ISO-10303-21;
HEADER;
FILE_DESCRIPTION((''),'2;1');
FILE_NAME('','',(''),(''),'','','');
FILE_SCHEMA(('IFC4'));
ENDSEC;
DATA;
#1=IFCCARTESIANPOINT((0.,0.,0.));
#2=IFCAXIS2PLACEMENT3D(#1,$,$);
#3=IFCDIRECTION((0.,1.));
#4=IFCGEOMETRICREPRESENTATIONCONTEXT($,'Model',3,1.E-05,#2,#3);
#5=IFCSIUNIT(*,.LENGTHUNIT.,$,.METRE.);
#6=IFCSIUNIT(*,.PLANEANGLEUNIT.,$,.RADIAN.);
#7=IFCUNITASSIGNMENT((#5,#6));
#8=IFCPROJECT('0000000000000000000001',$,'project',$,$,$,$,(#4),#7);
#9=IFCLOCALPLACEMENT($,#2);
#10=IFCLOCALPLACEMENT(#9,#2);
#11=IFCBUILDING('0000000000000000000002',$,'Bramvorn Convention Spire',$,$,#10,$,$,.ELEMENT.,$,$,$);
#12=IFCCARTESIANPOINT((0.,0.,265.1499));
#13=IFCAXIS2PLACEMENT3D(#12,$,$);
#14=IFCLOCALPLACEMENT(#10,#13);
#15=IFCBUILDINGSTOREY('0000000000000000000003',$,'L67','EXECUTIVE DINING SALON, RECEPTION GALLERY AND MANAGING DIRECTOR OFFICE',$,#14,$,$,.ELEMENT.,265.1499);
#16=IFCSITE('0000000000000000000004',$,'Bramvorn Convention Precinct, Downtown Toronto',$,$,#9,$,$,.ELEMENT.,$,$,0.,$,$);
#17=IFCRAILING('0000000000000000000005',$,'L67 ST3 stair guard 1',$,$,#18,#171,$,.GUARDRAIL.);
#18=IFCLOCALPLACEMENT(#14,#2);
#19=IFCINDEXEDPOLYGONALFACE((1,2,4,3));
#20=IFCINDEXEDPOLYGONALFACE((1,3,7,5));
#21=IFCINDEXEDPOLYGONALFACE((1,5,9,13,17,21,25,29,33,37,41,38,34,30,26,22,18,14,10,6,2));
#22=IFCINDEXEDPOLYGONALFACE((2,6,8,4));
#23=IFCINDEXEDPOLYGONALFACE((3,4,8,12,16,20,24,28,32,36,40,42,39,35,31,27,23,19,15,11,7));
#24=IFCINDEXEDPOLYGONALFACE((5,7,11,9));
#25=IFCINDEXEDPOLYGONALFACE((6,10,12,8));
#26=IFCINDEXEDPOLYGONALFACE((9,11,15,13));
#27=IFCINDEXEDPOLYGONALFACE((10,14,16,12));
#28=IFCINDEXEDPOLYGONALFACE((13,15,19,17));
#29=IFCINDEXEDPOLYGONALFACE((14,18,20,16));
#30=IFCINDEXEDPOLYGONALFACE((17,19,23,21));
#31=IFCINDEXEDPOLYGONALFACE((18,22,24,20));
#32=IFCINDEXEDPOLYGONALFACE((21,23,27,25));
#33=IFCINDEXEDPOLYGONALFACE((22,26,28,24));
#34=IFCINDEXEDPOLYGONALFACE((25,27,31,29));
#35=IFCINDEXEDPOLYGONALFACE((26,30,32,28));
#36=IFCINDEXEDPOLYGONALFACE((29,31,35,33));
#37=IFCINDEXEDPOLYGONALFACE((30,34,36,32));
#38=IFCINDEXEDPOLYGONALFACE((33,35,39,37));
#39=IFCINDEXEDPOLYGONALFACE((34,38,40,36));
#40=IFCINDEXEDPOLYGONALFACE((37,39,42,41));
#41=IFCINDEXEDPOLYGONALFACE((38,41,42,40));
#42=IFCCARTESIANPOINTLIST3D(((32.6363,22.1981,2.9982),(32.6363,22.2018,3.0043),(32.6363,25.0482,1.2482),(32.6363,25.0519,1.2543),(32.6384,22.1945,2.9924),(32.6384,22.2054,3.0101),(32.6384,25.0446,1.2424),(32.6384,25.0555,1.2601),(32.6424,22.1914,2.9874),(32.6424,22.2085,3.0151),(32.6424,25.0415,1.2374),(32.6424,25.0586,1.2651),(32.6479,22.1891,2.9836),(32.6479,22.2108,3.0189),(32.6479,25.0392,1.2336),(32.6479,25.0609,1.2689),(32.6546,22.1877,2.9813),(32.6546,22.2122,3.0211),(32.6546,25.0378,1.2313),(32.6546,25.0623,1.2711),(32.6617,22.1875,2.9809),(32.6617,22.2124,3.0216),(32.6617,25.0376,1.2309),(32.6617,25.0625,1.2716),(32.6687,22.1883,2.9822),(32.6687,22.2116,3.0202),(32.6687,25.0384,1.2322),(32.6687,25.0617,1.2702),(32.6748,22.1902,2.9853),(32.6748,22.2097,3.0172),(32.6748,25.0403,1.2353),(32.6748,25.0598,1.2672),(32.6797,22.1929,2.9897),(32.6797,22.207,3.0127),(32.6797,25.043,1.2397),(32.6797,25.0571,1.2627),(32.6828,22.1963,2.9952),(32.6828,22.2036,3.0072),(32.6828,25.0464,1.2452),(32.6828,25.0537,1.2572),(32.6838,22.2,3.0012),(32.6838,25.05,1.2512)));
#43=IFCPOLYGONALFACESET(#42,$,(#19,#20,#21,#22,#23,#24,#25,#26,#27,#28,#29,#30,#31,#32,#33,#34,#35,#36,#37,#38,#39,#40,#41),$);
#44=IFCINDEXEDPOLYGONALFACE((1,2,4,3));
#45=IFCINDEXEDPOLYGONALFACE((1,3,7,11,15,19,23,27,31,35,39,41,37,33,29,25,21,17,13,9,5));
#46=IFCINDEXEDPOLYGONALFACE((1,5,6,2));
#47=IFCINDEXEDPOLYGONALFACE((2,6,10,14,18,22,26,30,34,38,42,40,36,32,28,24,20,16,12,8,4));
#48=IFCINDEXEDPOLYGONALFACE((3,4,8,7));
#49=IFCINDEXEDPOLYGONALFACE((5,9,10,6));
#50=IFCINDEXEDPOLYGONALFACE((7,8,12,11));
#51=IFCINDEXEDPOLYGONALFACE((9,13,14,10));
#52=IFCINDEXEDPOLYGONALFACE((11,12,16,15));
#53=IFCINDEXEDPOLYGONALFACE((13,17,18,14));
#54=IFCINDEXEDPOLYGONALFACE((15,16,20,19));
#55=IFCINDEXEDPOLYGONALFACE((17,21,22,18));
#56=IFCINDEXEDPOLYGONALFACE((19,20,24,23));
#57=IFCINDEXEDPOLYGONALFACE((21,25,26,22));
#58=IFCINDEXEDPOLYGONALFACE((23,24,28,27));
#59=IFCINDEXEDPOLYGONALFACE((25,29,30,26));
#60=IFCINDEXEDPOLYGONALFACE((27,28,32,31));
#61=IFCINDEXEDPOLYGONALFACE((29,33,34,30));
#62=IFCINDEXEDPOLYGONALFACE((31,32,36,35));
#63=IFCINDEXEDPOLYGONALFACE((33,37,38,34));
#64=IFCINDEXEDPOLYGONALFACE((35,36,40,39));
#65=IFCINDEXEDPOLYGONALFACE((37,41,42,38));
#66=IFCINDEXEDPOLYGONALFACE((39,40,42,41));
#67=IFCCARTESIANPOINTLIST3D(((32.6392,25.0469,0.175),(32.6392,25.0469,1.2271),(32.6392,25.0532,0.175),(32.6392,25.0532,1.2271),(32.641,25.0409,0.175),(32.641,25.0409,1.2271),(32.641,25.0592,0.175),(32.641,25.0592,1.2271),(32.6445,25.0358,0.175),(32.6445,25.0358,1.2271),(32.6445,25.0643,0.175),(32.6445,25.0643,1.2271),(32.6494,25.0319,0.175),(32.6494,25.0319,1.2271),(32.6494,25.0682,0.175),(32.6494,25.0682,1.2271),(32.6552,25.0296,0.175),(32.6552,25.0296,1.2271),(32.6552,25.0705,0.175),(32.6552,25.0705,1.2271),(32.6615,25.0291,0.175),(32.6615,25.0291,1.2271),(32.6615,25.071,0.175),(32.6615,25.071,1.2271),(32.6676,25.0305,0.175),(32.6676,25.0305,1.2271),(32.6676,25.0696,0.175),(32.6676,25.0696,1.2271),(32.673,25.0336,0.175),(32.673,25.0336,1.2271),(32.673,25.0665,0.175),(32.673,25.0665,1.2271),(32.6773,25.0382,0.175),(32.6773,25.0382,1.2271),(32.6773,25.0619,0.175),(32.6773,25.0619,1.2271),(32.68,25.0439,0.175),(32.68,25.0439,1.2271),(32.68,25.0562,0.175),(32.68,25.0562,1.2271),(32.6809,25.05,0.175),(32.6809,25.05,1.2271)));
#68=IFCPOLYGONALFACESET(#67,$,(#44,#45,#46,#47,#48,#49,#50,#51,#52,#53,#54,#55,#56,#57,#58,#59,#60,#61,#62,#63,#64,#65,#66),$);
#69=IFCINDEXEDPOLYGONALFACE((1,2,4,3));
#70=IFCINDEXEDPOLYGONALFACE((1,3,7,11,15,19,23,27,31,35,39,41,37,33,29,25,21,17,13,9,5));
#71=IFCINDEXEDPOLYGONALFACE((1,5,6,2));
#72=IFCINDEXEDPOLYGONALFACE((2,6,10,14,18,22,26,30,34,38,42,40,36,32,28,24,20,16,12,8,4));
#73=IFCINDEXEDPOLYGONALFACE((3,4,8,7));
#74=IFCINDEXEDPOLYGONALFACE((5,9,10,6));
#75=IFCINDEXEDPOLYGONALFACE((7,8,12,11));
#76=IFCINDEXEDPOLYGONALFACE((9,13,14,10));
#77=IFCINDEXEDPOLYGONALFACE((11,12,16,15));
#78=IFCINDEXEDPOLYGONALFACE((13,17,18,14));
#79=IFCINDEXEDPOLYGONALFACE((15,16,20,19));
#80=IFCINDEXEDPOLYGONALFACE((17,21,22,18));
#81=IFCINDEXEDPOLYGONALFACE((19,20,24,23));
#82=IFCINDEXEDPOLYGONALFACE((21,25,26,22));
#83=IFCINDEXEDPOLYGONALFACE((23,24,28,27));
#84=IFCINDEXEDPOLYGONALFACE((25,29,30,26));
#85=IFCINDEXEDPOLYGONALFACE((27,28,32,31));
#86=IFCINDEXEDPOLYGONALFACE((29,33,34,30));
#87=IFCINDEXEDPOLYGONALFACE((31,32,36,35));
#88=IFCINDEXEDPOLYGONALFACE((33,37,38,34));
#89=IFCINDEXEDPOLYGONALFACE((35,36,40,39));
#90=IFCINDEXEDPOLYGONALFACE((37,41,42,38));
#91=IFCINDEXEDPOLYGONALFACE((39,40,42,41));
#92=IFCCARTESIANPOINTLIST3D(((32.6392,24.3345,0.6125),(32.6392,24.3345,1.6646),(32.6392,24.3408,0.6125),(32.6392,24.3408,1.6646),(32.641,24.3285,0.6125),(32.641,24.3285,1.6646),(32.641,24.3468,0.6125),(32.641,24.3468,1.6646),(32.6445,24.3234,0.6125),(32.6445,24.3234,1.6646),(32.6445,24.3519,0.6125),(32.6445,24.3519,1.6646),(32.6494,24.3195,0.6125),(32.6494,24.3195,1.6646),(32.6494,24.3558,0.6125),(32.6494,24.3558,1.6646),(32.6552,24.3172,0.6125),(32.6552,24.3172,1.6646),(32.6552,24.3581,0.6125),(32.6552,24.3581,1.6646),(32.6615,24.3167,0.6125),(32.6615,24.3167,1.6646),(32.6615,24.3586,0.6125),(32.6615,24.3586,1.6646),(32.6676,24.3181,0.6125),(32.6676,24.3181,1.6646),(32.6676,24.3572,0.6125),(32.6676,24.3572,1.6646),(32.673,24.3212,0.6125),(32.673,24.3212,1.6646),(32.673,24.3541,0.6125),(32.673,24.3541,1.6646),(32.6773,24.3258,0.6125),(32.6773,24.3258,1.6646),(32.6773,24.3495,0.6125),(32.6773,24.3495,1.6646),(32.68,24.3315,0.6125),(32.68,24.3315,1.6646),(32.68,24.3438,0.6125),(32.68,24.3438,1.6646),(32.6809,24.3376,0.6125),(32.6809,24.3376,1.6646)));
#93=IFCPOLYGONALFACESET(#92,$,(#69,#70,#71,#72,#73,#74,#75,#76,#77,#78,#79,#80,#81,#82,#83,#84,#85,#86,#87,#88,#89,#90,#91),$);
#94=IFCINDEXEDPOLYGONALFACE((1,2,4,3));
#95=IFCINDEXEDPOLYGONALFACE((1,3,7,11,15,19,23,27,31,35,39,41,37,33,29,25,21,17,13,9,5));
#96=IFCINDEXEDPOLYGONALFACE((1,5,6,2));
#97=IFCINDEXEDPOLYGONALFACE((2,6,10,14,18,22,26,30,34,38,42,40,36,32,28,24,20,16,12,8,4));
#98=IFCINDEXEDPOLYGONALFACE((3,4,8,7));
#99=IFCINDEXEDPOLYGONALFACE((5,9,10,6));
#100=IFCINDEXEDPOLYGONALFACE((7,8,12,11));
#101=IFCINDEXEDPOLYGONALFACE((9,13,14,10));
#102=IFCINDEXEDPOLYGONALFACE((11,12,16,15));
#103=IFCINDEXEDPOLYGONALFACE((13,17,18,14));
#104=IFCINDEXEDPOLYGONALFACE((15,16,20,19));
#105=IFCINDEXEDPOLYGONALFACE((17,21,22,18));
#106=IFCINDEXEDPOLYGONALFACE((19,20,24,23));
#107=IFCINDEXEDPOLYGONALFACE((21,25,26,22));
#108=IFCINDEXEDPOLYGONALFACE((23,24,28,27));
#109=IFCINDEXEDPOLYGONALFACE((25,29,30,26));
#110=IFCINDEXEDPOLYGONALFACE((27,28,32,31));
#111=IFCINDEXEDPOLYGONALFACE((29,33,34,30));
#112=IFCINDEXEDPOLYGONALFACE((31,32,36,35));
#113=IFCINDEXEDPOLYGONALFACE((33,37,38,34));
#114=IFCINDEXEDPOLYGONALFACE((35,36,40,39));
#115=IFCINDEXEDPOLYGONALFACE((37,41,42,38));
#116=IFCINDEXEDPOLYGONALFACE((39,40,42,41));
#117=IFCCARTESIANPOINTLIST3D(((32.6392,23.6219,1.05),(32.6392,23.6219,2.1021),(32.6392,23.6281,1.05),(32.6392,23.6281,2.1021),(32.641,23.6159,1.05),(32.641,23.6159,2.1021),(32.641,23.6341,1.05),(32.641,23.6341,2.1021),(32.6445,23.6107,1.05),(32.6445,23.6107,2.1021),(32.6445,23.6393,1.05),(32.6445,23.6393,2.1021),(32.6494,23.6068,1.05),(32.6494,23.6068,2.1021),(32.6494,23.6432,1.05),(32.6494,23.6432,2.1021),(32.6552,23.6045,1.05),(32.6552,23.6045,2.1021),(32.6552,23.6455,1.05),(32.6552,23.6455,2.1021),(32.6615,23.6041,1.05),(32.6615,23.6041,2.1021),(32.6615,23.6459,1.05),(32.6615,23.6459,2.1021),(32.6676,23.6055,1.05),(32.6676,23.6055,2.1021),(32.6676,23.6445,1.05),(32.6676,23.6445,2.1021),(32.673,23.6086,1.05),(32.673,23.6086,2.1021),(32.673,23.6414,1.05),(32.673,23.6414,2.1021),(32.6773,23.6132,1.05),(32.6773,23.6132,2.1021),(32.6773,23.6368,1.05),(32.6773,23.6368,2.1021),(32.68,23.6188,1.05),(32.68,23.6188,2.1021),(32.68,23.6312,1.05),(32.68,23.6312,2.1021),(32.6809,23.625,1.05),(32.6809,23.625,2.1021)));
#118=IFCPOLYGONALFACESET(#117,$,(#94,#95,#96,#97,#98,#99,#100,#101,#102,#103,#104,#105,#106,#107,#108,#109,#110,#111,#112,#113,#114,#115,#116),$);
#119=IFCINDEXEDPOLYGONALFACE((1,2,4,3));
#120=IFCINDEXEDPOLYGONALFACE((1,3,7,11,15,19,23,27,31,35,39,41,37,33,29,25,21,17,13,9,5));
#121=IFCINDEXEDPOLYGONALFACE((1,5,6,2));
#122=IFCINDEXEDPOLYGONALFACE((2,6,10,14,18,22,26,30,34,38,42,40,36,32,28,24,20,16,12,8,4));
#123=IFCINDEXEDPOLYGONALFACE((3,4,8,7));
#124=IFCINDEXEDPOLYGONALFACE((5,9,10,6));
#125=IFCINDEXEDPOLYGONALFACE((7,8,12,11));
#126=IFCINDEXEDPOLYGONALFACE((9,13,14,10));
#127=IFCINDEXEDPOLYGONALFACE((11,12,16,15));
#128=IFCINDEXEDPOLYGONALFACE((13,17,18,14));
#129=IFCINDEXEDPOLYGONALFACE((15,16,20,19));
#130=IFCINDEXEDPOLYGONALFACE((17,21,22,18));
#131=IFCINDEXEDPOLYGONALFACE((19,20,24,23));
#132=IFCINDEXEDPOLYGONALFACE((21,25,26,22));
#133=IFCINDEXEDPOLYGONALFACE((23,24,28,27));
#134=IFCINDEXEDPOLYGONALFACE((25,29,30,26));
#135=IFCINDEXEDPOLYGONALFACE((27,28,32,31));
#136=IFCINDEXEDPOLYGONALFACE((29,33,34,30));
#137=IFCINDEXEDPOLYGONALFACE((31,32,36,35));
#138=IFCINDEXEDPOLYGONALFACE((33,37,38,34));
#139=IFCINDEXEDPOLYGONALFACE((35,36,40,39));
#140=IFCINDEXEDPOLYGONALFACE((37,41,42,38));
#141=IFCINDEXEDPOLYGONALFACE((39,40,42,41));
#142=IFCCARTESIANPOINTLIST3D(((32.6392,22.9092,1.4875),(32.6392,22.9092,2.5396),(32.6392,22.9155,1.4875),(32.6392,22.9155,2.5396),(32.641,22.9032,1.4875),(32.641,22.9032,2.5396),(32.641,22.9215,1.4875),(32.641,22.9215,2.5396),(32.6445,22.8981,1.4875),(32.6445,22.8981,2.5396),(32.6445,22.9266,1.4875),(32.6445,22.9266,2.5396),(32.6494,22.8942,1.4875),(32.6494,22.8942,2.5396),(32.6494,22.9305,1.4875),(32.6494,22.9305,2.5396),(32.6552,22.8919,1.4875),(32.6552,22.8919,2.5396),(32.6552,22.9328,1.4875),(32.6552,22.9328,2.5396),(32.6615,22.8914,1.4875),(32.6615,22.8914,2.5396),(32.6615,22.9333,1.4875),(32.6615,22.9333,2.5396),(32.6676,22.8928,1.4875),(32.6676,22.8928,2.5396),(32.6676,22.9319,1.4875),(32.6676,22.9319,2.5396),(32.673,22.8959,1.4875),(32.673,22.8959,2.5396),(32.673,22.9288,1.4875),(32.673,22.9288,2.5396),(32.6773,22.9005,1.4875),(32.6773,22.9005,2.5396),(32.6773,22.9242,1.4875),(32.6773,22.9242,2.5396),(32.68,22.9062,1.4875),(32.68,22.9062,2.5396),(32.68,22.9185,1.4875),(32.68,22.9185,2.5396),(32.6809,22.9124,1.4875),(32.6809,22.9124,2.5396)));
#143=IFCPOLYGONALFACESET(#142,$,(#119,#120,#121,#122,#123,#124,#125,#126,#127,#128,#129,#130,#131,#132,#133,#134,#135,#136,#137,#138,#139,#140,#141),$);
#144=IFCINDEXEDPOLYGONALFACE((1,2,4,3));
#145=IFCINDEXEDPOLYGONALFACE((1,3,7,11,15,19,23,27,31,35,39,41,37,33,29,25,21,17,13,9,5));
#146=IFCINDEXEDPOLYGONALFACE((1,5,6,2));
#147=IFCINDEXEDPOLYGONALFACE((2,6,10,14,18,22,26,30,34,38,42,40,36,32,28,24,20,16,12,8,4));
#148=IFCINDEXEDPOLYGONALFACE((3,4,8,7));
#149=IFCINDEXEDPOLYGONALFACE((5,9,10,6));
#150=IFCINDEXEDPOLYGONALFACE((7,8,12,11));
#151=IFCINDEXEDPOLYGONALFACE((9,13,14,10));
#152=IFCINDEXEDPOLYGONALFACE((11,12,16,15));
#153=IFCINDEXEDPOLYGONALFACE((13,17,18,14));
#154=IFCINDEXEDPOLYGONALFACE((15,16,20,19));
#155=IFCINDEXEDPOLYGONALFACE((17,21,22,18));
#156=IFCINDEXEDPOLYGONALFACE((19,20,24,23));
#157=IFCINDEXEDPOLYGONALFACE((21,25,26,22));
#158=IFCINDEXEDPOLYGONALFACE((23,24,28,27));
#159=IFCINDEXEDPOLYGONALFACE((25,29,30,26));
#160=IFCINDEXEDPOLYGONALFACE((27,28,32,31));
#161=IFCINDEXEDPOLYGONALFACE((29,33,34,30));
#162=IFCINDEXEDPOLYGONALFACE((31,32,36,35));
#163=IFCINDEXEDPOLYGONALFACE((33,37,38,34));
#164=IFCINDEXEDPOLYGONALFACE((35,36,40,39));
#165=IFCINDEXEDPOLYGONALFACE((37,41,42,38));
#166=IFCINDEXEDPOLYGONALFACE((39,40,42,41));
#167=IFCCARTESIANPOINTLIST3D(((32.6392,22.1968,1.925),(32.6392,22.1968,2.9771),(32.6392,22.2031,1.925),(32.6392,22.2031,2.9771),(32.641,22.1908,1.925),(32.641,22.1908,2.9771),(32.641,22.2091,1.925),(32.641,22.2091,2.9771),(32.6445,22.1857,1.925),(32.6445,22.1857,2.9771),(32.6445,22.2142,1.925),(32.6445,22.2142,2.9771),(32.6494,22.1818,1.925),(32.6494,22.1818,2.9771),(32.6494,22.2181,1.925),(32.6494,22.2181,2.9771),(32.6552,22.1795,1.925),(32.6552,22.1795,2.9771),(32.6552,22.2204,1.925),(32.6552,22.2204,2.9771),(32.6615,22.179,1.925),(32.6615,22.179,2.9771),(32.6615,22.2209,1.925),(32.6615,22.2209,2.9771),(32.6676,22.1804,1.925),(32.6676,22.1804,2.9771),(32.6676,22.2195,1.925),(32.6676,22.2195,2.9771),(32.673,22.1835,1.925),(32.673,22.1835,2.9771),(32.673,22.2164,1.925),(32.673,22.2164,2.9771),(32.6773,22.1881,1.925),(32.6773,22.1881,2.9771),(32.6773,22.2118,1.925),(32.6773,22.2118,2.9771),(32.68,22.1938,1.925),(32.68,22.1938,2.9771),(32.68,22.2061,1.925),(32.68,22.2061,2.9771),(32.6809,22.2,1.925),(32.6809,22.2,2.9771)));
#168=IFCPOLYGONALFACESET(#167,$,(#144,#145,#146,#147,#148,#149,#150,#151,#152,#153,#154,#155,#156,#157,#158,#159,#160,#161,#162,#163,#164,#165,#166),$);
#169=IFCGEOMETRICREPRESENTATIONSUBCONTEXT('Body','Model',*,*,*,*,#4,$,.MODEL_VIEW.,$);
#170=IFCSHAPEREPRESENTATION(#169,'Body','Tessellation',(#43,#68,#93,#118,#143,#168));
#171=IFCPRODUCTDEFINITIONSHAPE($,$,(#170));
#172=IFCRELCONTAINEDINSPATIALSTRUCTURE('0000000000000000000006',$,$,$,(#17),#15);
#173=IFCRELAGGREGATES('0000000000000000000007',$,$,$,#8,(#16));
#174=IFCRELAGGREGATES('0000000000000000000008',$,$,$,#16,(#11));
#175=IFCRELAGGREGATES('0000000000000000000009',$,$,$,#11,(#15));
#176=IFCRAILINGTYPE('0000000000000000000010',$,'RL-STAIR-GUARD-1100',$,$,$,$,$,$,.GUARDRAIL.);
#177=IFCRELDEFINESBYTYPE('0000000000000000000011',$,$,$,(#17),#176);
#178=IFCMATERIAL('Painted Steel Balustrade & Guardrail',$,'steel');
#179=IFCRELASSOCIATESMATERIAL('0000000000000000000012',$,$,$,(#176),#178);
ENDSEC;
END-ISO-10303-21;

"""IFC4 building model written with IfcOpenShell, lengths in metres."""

from ifc_helpers import new_model, si_unit, direction, frame, origin, origin_2d, place, context, subcontext, project, spatial, circle, extrude, material, type_object, element, save


model = new_model("IFC4")

# Units and contexts
model_context = context("Model", 3, precision=1e-05, world=origin(), true_north=direction((0.0, 1.0)))
body_context = subcontext(model_context, "Body", "Model", "MODEL_VIEW")
ifc_project = project(units=[si_unit("LENGTHUNIT", "METRE"), si_unit("PLANEANGLEUNIT", "RADIAN")], contexts=[model_context])

# Site, building, storey
site_placement = place(None, origin())
site = spatial("IfcSite", under=ifc_project, at=site_placement, Name="Bramvorn Convention Precinct, Downtown Toronto", CompositionType="ELEMENT", RefElevation=0.0)
building_placement = place(site_placement, origin())
building = spatial("IfcBuilding", under=site, at=building_placement, Name="Bramvorn Convention Spire", CompositionType="ELEMENT")
storey_placement = place(building_placement, frame((0.0, 0.0, 265.1499)))
storey = spatial("IfcBuildingStorey", under=building, at=storey_placement, Name="L67", Description="EXECUTIVE DINING SALON, RECEPTION GALLERY AND MANAGING DIRECTOR OFFICE", CompositionType="ELEMENT", Elevation=265.1499)

# Railing
ifc_material_1 = material(Name="Painted Steel Balustrade & Guardrail", Category="steel")
railing_type_1 = type_object("IfcRailingType", Name="RL-STAIR-GUARD-1100", PredefinedType="GUARDRAIL", material=ifc_material_1)
railing_1_placement = place(storey_placement, frame((32.6599, 25.05, 0.175)))
element("IfcRailing", 1, at=railing_1_placement, inside=storey, type_object=railing_type_1, Name="L67 ST3 stair guard 1", PredefinedType="GUARDRAIL", context=body_context, shape_type="SweptSolid", body=[
    extrude(circle(Radius=0.0239, at=origin_2d()), frame((0.0, 0.0, 1.0762), z_axis=(0.0, -0.852179, 0.52325), x_axis=(1.0, 0.0, 0.0)), (0.0, 0.0, 1.0), 3.3445),
    extrude(circle(Radius=0.021, at=origin_2d()), origin(), (0.0, 0.0, 1.0), 1.052),
    extrude(circle(Radius=0.021, at=origin_2d()), frame((0.0, -0.7124, 0.4375)), (0.0, 0.0, 1.0), 1.052),
    extrude(circle(Radius=0.021, at=origin_2d()), frame((0.0, -1.425, 0.875)), (0.0, 0.0, 1.0), 1.052),
    extrude(circle(Radius=0.021, at=origin_2d()), frame((0.0, -2.1377, 1.3125)), (0.0, 0.0, 1.0), 1.052),
    extrude(circle(Radius=0.021, at=origin_2d()), frame((0.0, -2.8501, 1.75)), (0.0, 0.0, 1.0), 1.052),
])

save(model, "model.ifc")
